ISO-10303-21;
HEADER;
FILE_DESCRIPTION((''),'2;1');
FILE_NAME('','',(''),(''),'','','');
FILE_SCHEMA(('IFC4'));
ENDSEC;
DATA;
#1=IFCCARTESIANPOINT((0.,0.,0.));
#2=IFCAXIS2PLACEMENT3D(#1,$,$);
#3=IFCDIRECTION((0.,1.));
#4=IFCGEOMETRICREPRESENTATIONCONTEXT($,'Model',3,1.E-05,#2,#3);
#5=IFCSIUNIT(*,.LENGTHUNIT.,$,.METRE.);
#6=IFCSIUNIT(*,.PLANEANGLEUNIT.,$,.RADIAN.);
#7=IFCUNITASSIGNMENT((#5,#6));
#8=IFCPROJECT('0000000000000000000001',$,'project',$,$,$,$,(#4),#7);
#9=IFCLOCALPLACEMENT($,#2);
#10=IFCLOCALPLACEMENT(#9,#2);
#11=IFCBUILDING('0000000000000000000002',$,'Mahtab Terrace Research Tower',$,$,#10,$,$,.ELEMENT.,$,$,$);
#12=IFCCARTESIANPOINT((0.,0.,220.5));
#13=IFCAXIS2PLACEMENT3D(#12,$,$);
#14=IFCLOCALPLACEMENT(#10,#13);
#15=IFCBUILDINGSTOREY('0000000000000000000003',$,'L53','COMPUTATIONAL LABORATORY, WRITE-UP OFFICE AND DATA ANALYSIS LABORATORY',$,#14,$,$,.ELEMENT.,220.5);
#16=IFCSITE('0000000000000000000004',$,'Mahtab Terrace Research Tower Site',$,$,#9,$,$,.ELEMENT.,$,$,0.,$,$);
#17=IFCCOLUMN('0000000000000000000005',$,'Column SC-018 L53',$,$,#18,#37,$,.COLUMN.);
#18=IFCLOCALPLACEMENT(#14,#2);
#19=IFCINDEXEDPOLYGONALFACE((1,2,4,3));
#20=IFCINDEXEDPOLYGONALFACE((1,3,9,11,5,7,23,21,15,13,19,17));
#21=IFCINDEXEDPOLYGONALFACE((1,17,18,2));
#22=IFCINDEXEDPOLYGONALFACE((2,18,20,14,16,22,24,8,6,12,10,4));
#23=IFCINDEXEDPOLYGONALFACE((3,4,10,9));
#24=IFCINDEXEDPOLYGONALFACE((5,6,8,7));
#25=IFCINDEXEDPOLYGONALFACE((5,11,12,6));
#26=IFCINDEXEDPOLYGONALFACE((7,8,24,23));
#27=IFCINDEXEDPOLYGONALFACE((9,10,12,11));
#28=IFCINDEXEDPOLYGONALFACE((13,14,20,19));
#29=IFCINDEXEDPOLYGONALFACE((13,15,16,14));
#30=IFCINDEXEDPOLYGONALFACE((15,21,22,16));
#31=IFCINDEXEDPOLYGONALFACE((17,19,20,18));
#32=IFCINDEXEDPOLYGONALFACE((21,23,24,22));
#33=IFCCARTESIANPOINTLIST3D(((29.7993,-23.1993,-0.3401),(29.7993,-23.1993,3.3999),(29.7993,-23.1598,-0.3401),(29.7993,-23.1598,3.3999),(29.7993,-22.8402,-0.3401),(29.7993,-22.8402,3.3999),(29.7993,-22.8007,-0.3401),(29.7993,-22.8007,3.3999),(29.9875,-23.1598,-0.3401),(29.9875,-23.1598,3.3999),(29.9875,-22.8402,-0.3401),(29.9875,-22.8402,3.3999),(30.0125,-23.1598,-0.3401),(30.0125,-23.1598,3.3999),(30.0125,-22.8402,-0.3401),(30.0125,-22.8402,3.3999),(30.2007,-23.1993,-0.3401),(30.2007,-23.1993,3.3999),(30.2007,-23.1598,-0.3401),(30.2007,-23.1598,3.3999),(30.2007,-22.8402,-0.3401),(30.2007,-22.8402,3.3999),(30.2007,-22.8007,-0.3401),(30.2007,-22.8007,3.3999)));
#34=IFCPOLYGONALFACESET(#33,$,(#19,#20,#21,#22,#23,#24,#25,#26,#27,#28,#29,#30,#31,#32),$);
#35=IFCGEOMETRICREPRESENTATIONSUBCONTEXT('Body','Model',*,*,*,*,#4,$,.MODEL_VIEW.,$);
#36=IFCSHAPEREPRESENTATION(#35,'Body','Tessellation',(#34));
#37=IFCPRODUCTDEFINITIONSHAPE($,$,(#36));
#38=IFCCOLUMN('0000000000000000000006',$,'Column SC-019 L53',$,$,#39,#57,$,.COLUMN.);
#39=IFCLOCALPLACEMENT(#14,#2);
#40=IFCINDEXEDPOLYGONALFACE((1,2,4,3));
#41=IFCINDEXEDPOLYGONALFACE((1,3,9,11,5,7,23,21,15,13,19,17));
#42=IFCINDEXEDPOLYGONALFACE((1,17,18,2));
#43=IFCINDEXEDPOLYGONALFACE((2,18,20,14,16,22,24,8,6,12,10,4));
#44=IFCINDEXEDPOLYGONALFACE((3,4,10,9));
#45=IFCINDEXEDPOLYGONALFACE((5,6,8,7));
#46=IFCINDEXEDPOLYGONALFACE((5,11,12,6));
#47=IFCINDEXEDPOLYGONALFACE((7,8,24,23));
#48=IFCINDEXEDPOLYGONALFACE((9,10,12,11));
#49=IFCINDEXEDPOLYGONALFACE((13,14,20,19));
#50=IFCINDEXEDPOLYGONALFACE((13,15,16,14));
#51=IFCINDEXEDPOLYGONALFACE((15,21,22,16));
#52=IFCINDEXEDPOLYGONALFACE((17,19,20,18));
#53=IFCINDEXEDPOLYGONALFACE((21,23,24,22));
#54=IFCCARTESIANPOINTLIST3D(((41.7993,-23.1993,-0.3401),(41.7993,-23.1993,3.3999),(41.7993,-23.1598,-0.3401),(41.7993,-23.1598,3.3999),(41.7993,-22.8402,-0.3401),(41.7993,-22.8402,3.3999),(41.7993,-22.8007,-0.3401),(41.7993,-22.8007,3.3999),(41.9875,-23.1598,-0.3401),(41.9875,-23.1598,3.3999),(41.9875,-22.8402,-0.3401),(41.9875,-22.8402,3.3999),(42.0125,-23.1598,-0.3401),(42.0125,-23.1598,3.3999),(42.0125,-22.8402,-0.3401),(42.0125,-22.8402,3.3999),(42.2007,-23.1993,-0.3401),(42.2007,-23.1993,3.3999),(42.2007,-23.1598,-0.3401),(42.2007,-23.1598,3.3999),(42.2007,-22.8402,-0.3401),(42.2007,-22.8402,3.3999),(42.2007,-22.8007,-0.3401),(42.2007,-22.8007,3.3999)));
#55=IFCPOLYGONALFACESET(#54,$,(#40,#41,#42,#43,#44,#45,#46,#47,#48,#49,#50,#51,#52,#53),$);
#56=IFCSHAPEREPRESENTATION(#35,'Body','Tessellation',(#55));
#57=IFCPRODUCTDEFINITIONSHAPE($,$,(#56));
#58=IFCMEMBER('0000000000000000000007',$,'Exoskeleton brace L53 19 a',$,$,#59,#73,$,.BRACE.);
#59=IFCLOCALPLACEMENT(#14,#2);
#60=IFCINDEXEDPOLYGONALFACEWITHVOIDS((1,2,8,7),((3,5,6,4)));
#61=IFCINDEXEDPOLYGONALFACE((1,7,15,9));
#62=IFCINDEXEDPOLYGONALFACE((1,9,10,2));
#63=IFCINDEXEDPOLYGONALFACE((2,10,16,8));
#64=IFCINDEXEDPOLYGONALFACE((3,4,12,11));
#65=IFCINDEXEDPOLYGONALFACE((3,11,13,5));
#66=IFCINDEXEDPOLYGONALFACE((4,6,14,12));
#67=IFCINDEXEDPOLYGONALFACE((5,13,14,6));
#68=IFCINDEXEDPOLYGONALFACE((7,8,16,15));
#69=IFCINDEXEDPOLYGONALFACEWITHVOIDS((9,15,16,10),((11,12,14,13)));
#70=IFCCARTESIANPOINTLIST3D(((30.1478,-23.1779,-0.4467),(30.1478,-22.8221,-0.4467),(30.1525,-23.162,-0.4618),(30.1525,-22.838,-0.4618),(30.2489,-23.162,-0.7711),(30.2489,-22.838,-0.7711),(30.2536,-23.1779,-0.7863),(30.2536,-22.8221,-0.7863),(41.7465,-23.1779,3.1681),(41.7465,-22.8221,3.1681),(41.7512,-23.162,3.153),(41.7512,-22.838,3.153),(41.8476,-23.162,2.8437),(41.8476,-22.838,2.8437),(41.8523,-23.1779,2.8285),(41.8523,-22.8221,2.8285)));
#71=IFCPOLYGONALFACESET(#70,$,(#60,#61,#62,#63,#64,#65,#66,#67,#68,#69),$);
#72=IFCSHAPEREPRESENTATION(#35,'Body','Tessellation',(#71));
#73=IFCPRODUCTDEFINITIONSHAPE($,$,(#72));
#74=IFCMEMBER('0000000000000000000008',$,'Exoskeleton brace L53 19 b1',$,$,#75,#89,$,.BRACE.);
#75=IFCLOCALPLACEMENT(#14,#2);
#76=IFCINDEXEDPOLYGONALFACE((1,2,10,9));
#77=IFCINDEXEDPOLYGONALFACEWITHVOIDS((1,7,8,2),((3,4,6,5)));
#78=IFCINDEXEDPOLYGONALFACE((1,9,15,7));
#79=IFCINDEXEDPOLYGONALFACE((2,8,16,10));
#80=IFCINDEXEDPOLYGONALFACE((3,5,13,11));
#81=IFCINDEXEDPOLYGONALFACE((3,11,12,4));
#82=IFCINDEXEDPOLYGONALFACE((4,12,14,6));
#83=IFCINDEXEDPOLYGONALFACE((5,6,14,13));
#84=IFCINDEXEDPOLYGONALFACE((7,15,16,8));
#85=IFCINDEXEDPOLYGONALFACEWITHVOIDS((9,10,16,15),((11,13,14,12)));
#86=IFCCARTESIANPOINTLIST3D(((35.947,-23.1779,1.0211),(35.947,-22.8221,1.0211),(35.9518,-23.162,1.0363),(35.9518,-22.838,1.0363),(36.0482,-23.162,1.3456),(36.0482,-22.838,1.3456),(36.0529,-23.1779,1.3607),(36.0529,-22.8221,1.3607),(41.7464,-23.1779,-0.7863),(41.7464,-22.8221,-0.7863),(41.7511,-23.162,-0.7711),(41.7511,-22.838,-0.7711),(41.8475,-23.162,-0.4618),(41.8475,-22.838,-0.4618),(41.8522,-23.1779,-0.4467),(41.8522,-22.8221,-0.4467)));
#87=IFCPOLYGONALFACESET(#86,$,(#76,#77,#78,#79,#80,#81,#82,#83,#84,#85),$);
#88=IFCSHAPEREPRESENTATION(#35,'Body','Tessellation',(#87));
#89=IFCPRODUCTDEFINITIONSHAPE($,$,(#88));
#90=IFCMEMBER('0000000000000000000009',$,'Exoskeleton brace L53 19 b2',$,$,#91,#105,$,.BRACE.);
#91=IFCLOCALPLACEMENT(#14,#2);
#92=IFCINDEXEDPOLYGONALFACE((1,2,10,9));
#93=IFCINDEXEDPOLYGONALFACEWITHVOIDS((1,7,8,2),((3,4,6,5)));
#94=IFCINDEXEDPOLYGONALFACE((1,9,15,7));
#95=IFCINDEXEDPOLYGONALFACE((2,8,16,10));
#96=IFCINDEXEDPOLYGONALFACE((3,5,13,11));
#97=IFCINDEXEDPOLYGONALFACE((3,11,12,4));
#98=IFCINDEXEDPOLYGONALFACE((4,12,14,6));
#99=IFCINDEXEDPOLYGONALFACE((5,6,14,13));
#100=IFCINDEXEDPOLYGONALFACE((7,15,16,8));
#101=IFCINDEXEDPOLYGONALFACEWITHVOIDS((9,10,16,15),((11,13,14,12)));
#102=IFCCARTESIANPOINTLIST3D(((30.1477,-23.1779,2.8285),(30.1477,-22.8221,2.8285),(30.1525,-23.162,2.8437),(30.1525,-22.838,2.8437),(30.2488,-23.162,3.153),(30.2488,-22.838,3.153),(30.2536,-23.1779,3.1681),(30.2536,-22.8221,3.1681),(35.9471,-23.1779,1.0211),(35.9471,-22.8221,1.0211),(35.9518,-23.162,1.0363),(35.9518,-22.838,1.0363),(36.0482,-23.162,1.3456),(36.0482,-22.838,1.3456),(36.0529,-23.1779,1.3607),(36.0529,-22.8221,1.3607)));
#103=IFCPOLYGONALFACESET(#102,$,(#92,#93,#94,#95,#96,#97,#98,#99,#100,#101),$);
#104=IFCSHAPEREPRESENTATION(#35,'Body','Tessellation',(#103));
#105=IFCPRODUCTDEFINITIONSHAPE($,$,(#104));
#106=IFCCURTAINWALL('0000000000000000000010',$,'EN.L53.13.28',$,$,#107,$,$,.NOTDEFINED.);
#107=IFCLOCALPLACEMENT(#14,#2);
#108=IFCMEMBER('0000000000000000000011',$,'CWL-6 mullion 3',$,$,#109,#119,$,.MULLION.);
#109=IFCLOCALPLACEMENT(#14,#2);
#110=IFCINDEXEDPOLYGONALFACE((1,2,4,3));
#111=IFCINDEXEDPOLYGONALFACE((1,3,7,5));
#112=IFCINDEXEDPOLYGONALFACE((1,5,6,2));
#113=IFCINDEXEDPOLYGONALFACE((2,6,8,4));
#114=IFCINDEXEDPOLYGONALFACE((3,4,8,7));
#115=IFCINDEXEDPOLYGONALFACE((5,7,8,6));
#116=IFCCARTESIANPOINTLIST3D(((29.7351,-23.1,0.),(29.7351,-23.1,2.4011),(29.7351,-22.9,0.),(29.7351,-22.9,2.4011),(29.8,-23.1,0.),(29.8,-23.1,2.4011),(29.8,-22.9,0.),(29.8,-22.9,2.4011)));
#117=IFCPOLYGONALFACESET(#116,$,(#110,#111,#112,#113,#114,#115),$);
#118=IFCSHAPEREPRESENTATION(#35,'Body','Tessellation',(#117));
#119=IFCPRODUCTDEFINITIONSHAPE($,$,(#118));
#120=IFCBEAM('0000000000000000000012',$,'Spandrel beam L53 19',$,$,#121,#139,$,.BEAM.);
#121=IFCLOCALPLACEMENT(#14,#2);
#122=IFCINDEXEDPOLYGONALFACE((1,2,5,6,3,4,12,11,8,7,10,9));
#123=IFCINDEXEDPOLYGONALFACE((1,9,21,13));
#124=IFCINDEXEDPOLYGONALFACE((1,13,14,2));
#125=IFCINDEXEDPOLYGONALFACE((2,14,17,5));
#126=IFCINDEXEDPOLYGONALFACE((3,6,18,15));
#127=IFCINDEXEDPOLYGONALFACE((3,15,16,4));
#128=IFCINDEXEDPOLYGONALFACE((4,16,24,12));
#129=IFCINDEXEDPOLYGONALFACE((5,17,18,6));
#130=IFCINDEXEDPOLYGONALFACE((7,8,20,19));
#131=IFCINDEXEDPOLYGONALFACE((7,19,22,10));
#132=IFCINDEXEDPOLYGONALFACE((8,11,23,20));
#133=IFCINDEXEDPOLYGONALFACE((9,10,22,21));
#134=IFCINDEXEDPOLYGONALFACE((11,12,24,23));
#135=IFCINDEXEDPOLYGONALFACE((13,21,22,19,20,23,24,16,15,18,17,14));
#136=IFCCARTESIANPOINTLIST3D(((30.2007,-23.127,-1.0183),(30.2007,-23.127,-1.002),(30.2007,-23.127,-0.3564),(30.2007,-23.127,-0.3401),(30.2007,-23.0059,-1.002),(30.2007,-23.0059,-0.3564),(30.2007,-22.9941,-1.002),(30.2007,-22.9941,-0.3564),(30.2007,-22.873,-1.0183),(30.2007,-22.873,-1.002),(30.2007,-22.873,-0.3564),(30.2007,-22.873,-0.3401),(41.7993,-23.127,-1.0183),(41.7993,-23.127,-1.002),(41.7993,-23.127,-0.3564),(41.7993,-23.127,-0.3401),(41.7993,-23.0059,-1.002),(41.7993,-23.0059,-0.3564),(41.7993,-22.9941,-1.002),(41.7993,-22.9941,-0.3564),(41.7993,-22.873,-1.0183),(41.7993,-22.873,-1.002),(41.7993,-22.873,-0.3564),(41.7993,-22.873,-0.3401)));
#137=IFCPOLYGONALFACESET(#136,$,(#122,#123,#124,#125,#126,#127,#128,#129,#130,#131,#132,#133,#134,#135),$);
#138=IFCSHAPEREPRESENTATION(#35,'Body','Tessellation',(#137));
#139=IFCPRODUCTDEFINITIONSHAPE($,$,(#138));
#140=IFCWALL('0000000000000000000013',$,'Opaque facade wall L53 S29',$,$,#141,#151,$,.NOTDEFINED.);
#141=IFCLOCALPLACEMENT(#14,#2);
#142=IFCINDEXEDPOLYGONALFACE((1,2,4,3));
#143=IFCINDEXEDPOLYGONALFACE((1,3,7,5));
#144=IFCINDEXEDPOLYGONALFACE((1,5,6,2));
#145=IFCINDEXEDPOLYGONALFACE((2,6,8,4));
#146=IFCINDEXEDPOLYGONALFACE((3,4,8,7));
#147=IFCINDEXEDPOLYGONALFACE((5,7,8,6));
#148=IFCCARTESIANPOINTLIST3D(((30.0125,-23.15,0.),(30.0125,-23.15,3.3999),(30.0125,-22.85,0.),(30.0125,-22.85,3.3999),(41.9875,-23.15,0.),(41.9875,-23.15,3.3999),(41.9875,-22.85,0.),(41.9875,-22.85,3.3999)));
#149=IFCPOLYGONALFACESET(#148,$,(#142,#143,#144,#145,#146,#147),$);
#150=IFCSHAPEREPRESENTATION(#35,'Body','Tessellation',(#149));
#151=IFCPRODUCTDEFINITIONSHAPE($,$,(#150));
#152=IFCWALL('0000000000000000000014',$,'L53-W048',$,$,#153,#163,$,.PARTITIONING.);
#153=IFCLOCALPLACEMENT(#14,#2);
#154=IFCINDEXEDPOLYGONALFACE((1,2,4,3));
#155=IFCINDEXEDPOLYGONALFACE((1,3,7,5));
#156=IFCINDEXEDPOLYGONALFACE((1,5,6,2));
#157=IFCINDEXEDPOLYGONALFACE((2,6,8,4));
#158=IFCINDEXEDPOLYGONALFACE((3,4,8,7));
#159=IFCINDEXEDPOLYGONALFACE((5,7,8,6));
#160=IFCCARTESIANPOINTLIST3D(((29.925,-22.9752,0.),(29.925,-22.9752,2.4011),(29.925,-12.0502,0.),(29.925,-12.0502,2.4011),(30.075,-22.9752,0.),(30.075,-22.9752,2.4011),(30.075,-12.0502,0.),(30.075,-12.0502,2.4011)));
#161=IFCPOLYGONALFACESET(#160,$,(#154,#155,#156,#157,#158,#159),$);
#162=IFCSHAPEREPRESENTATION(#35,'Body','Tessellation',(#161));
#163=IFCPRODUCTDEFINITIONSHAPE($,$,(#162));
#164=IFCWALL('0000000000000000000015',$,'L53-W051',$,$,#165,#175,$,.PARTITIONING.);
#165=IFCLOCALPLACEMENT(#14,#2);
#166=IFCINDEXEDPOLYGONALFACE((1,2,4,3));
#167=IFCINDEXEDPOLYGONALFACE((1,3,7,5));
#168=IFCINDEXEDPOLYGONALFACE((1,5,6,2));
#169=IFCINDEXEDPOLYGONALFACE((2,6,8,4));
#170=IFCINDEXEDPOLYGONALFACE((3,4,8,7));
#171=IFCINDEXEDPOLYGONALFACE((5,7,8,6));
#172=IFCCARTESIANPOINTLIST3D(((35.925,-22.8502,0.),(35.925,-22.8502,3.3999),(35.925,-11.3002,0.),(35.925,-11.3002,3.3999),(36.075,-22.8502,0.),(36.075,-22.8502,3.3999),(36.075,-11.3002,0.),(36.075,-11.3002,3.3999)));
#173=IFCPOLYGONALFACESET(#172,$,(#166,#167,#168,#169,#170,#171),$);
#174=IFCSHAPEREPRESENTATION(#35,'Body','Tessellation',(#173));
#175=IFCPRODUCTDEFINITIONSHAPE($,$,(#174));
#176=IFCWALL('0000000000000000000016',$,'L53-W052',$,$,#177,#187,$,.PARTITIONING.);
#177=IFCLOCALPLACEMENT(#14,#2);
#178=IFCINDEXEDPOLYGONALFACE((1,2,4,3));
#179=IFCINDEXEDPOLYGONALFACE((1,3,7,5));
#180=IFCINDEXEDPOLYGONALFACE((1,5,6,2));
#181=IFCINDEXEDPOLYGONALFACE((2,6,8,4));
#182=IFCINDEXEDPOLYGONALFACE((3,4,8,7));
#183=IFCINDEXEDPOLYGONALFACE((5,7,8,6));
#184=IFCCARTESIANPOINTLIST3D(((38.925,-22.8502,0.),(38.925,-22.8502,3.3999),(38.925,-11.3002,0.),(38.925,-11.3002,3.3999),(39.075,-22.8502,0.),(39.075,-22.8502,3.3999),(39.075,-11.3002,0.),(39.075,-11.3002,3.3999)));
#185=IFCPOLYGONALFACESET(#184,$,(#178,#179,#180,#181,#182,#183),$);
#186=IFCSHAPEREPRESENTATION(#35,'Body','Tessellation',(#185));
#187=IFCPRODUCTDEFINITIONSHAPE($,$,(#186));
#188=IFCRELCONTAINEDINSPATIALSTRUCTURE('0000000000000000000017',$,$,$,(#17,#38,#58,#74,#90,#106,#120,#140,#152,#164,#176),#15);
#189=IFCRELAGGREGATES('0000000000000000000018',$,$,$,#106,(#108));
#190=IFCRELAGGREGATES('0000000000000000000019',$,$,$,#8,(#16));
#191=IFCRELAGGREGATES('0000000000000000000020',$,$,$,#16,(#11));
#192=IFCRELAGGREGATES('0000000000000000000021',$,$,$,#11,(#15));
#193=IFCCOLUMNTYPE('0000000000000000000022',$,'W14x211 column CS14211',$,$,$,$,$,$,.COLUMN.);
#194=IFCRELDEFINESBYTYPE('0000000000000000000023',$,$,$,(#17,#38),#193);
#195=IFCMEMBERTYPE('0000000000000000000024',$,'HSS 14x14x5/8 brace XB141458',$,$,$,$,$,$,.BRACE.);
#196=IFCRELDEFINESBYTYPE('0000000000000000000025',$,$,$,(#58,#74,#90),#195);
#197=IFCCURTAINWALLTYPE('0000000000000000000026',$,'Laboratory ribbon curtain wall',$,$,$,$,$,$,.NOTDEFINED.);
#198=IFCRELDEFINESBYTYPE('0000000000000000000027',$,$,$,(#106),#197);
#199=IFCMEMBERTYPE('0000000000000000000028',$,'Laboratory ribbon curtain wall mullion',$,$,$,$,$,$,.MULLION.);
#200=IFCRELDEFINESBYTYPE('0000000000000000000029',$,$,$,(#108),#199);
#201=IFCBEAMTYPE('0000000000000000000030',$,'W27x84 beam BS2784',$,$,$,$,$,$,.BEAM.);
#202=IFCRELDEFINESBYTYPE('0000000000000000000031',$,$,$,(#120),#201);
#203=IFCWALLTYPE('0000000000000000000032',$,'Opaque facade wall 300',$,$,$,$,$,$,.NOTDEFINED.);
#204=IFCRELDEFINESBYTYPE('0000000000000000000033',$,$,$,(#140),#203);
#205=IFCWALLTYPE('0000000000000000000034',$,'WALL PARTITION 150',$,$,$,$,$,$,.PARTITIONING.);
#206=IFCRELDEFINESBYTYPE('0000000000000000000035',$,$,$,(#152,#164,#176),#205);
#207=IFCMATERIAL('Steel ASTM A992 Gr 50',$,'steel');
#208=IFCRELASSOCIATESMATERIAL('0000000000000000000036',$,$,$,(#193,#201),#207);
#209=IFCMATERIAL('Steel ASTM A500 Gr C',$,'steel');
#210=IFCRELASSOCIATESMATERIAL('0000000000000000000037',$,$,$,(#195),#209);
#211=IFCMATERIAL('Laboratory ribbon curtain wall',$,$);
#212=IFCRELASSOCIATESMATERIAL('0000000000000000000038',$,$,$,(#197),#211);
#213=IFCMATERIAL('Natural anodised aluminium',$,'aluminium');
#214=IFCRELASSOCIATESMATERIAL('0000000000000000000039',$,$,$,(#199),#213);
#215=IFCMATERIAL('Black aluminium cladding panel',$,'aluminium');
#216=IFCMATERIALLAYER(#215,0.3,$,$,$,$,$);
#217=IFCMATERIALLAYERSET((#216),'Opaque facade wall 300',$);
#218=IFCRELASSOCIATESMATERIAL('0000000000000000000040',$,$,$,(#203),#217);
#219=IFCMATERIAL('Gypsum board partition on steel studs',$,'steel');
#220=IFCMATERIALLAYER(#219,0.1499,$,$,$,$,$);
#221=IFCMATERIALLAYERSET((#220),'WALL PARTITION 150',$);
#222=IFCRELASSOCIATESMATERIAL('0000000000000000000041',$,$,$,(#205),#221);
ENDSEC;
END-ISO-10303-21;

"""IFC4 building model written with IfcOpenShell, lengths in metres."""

from ifc_helpers import new_model, si_unit, direction, frame, frame_2d, origin, origin_2d, place, context, subcontext, project, spatial, rectangle, hollow_rectangle, i_section, extrude, material, layer, layer_set, material_profile, profile_set, type_object, element, aggregate, save


model = new_model("IFC4")

# Units and contexts
model_context = context("Model", 3, precision=1e-05, world=origin(), true_north=direction((0.0, 1.0)))
body_context = subcontext(model_context, "Body", "Model", "MODEL_VIEW")
ifc_project = project(units=[si_unit("LENGTHUNIT", "METRE"), si_unit("PLANEANGLEUNIT", "RADIAN")], contexts=[model_context])

# Site, building, storey
site_placement = place(None, origin())
site = spatial("IfcSite", under=ifc_project, at=site_placement, Name="Mahtab Terrace Research Tower Site", CompositionType="ELEMENT", RefElevation=0.0)
building_placement = place(site_placement, origin())
building = spatial("IfcBuilding", under=site, at=building_placement, Name="Mahtab Terrace Research Tower", CompositionType="ELEMENT")
storey_placement = place(building_placement, frame((0.0, 0.0, 220.5)))
storey = spatial("IfcBuildingStorey", under=building, at=storey_placement, Name="L53", Description="COMPUTATIONAL LABORATORY, WRITE-UP OFFICE AND DATA ANALYSIS LABORATORY", CompositionType="ELEMENT", Elevation=220.5)

# Columns
ifc_material_1 = material(Name="Steel ASTM A992 Gr 50", Category="steel")
ifc_material_profile_1 = material_profile(ifc_material_1, i_section(OverallWidth=0.4014, OverallDepth=0.3987, WebThickness=0.0249, FlangeThickness=0.0396, at=origin_2d()), Name="W14X211")
ifc_profile_set_1 = profile_set([ifc_material_profile_1], Name="Steel ASTM A992 Gr 50")
column_type = type_object("IfcColumnType", Name="W14x211 column CS14211", PredefinedType="COLUMN", material=ifc_profile_set_1)
for number, where, z_axis, x_axis, name in (
    (1, (30.0, -23.0, -0.3401), (0.0, 0.0, 1.0), (1.0, 0.0, 0.0), "Column SC-018 L53"),
    (2, (42.0, -23.0, -0.3401), (0.0, 0.0, 1.0), (1.0, 0.0, 0.0), "Column SC-019 L53"),
):
    element("IfcColumn", number, at=place(storey_placement, frame(where, z_axis=z_axis, x_axis=x_axis)), inside=storey, type_object=column_type, Name=name, PredefinedType="COLUMN", context=body_context, shape_type="SweptSolid", body=[
        extrude(i_section(OverallWidth=0.4014, OverallDepth=0.3987, WebThickness=0.0249, FlangeThickness=0.0396, at=origin_2d()), origin(), (0.0, 0.0, 1.0), 3.74),
    ])

# Members
ifc_material_2 = material(Name="Steel ASTM A500 Gr C", Category="steel")
ifc_material_profile_2 = material_profile(ifc_material_2, hollow_rectangle(XDim=0.3557, YDim=0.3557, WallThickness=0.0159, at=origin_2d()), Name="HSS14X14X5/8")
ifc_profile_set_2 = profile_set([ifc_material_profile_2], Name="Steel ASTM A500 Gr C")
member_type_1 = type_object("IfcMemberType", Name="HSS 14x14x5/8 brace XB141458", PredefinedType="BRACE", material=ifc_profile_set_2)
member_1_placement = place(storey_placement, frame((30.2007, -23.0, -0.6165), z_axis=(0.95471, 0.0, 0.297538), x_axis=(0.0, 1.0, 0.0)))
element("IfcMember", 3, at=member_1_placement, inside=storey, type_object=member_type_1, Name="Exoskeleton brace L53 19 a", PredefinedType="BRACE", context=body_context, shape_type="SweptSolid", body=[
    extrude(hollow_rectangle(XDim=0.3557, YDim=0.3557, WallThickness=0.0159, at=origin_2d()), origin(), (0.0, 0.0, 1.0), 12.1489),
])
for number, where, z_axis, x_axis, name in (
    (4, (41.7993, -23.0, -0.6165), (-0.95471, 0.0, 0.297538), (0.0, -1.0, 0.0), "Exoskeleton brace L53 19 b1"),
    (5, (36.0, -23.0, 1.1909), (-0.95471, 0.0, 0.297538), (0.0, -1.0, 0.0), "Exoskeleton brace L53 19 b2"),
):
    element("IfcMember", number, at=place(storey_placement, frame(where, z_axis=z_axis, x_axis=x_axis)), inside=storey, type_object=member_type_1, Name=name, PredefinedType="BRACE", context=body_context, shape_type="SweptSolid", body=[
        extrude(hollow_rectangle(XDim=0.3557, YDim=0.3557, WallThickness=0.0159, at=origin_2d()), origin(), (0.0, 0.0, 1.0), 6.0745),
    ])

# Curtain wall, member
ifc_material_3 = material(Name="Laboratory ribbon curtain wall")
curtain_wall_type = type_object("IfcCurtainWallType", Name="Laboratory ribbon curtain wall", PredefinedType="NOTDEFINED", material=ifc_material_3)
curtain_wall_placement = place(storey_placement, origin())
curtain_wall = element("IfcCurtainWall", 6, at=curtain_wall_placement, inside=storey, type_object=curtain_wall_type, Name="EN.L53.13.28", PredefinedType="NOTDEFINED")
ifc_material_4 = material(Name="Natural anodised aluminium", Category="aluminium")
ifc_material_profile_3 = material_profile(ifc_material_4, rectangle(XDim=0.2, YDim=0.0649, at=origin_2d()), Name="MULLION 65x200")
ifc_profile_set_3 = profile_set([ifc_material_profile_3], Name="Natural anodised aluminium")
member_type_2 = type_object("IfcMemberType", Name="Laboratory ribbon curtain wall mullion", PredefinedType="MULLION", material=ifc_profile_set_3)
member_2_placement = place(storey_placement, frame((29.7676, -23.0, 0.0), z_axis=(0.0, 0.0, 1.0), x_axis=(0.0, 1.0, 0.0)))
member_2 = element("IfcMember", 7, at=member_2_placement, type_object=member_type_2, Name="CWL-6 mullion 3", PredefinedType="MULLION", context=body_context, shape_type="SweptSolid", body=[
    extrude(rectangle(XDim=0.2, YDim=0.0649, at=origin_2d()), origin(), (0.0, 0.0, 1.0), 2.4011),
])
aggregate(curtain_wall, [member_2])

# Beam
ifc_material_profile_4 = material_profile(ifc_material_1, i_section(OverallWidth=0.2539, OverallDepth=0.6782, WebThickness=0.0117, FlangeThickness=0.0164, at=origin_2d()), Name="W27X84")
ifc_profile_set_4 = profile_set([ifc_material_profile_4], Name="Steel ASTM A992 Gr 50")
beam_type = type_object("IfcBeamType", Name="W27x84 beam BS2784", PredefinedType="BEAM", material=ifc_profile_set_4)
beam_placement = place(storey_placement, frame((30.2007, -23.0, -0.6792), z_axis=(1.0, 0.0, 0.0), x_axis=(0.0, 1.0, 0.0)))
element("IfcBeam", 8, at=beam_placement, inside=storey, type_object=beam_type, Name="Spandrel beam L53 19", PredefinedType="BEAM", context=body_context, shape_type="SweptSolid", body=[
    extrude(i_section(OverallWidth=0.2539, OverallDepth=0.6782, WebThickness=0.0117, FlangeThickness=0.0164, at=origin_2d()), origin(), (0.0, 0.0, 1.0), 11.5986),
])

# Walls
ifc_material_5 = material(Name="Black aluminium cladding panel", Category="aluminium")
ifc_layer_1 = layer(ifc_material_5, 0.3)
ifc_layer_set_1 = layer_set([ifc_layer_1], Name="Opaque facade wall 300")
wall_type_1 = type_object("IfcWallType", Name="Opaque facade wall 300", PredefinedType="NOTDEFINED", material=ifc_layer_set_1)
wall_1_placement = place(storey_placement, frame((30.0125, -23.0, 0.0), z_axis=(0.0, 0.0, 1.0), x_axis=(1.0, 0.0, 0.0)))
element("IfcWall", 9, at=wall_1_placement, inside=storey, type_object=wall_type_1, Name="Opaque facade wall L53 S29", PredefinedType="NOTDEFINED", context=body_context, shape_type="SweptSolid", body=[
    extrude(rectangle(XDim=11.9751, YDim=0.3, at=frame_2d((5.9875, 0.0))), origin(), (0.0, 0.0, 1.0), 3.3999),
])
ifc_material_6 = material(Name="Gypsum board partition on steel studs", Category="steel")
ifc_layer_2 = layer(ifc_material_6, 0.1499)
ifc_layer_set_2 = layer_set([ifc_layer_2], Name="WALL PARTITION 150")
wall_type_2 = type_object("IfcWallType", Name="WALL PARTITION 150", PredefinedType="PARTITIONING", material=ifc_layer_set_2)
wall_2_placement = place(storey_placement, frame((30.0, -22.9751, 0.0), z_axis=(0.0, 0.0, 1.0), x_axis=(0.0, 1.0, 0.0)))
element("IfcWall", 10, at=wall_2_placement, inside=storey, type_object=wall_type_2, Name="L53-W048", PredefinedType="PARTITIONING", context=body_context, shape_type="SweptSolid", body=[
    extrude(rectangle(XDim=10.925, YDim=0.1499, at=frame_2d((5.4624, 0.0))), origin(), (0.0, 0.0, 1.0), 2.4011),
])
for number, where, z_axis, x_axis, name in (
    (11, (36.0, -22.8501, 0.0), (0.0, 0.0, 1.0), (0.0, 1.0, 0.0), "L53-W051"),
    (12, (39.0, -22.8501, 0.0), (0.0, 0.0, 1.0), (0.0, 1.0, 0.0), "L53-W052"),
):
    element("IfcWall", number, at=place(storey_placement, frame(where, z_axis=z_axis, x_axis=x_axis)), inside=storey, type_object=wall_type_2, Name=name, PredefinedType="PARTITIONING", context=body_context, shape_type="SweptSolid", body=[
        extrude(rectangle(XDim=11.55, YDim=0.1499, at=frame_2d((5.7749, 0.0))), origin(), (0.0, 0.0, 1.0), 3.3999),
    ])

save(model, "model.ifc")
